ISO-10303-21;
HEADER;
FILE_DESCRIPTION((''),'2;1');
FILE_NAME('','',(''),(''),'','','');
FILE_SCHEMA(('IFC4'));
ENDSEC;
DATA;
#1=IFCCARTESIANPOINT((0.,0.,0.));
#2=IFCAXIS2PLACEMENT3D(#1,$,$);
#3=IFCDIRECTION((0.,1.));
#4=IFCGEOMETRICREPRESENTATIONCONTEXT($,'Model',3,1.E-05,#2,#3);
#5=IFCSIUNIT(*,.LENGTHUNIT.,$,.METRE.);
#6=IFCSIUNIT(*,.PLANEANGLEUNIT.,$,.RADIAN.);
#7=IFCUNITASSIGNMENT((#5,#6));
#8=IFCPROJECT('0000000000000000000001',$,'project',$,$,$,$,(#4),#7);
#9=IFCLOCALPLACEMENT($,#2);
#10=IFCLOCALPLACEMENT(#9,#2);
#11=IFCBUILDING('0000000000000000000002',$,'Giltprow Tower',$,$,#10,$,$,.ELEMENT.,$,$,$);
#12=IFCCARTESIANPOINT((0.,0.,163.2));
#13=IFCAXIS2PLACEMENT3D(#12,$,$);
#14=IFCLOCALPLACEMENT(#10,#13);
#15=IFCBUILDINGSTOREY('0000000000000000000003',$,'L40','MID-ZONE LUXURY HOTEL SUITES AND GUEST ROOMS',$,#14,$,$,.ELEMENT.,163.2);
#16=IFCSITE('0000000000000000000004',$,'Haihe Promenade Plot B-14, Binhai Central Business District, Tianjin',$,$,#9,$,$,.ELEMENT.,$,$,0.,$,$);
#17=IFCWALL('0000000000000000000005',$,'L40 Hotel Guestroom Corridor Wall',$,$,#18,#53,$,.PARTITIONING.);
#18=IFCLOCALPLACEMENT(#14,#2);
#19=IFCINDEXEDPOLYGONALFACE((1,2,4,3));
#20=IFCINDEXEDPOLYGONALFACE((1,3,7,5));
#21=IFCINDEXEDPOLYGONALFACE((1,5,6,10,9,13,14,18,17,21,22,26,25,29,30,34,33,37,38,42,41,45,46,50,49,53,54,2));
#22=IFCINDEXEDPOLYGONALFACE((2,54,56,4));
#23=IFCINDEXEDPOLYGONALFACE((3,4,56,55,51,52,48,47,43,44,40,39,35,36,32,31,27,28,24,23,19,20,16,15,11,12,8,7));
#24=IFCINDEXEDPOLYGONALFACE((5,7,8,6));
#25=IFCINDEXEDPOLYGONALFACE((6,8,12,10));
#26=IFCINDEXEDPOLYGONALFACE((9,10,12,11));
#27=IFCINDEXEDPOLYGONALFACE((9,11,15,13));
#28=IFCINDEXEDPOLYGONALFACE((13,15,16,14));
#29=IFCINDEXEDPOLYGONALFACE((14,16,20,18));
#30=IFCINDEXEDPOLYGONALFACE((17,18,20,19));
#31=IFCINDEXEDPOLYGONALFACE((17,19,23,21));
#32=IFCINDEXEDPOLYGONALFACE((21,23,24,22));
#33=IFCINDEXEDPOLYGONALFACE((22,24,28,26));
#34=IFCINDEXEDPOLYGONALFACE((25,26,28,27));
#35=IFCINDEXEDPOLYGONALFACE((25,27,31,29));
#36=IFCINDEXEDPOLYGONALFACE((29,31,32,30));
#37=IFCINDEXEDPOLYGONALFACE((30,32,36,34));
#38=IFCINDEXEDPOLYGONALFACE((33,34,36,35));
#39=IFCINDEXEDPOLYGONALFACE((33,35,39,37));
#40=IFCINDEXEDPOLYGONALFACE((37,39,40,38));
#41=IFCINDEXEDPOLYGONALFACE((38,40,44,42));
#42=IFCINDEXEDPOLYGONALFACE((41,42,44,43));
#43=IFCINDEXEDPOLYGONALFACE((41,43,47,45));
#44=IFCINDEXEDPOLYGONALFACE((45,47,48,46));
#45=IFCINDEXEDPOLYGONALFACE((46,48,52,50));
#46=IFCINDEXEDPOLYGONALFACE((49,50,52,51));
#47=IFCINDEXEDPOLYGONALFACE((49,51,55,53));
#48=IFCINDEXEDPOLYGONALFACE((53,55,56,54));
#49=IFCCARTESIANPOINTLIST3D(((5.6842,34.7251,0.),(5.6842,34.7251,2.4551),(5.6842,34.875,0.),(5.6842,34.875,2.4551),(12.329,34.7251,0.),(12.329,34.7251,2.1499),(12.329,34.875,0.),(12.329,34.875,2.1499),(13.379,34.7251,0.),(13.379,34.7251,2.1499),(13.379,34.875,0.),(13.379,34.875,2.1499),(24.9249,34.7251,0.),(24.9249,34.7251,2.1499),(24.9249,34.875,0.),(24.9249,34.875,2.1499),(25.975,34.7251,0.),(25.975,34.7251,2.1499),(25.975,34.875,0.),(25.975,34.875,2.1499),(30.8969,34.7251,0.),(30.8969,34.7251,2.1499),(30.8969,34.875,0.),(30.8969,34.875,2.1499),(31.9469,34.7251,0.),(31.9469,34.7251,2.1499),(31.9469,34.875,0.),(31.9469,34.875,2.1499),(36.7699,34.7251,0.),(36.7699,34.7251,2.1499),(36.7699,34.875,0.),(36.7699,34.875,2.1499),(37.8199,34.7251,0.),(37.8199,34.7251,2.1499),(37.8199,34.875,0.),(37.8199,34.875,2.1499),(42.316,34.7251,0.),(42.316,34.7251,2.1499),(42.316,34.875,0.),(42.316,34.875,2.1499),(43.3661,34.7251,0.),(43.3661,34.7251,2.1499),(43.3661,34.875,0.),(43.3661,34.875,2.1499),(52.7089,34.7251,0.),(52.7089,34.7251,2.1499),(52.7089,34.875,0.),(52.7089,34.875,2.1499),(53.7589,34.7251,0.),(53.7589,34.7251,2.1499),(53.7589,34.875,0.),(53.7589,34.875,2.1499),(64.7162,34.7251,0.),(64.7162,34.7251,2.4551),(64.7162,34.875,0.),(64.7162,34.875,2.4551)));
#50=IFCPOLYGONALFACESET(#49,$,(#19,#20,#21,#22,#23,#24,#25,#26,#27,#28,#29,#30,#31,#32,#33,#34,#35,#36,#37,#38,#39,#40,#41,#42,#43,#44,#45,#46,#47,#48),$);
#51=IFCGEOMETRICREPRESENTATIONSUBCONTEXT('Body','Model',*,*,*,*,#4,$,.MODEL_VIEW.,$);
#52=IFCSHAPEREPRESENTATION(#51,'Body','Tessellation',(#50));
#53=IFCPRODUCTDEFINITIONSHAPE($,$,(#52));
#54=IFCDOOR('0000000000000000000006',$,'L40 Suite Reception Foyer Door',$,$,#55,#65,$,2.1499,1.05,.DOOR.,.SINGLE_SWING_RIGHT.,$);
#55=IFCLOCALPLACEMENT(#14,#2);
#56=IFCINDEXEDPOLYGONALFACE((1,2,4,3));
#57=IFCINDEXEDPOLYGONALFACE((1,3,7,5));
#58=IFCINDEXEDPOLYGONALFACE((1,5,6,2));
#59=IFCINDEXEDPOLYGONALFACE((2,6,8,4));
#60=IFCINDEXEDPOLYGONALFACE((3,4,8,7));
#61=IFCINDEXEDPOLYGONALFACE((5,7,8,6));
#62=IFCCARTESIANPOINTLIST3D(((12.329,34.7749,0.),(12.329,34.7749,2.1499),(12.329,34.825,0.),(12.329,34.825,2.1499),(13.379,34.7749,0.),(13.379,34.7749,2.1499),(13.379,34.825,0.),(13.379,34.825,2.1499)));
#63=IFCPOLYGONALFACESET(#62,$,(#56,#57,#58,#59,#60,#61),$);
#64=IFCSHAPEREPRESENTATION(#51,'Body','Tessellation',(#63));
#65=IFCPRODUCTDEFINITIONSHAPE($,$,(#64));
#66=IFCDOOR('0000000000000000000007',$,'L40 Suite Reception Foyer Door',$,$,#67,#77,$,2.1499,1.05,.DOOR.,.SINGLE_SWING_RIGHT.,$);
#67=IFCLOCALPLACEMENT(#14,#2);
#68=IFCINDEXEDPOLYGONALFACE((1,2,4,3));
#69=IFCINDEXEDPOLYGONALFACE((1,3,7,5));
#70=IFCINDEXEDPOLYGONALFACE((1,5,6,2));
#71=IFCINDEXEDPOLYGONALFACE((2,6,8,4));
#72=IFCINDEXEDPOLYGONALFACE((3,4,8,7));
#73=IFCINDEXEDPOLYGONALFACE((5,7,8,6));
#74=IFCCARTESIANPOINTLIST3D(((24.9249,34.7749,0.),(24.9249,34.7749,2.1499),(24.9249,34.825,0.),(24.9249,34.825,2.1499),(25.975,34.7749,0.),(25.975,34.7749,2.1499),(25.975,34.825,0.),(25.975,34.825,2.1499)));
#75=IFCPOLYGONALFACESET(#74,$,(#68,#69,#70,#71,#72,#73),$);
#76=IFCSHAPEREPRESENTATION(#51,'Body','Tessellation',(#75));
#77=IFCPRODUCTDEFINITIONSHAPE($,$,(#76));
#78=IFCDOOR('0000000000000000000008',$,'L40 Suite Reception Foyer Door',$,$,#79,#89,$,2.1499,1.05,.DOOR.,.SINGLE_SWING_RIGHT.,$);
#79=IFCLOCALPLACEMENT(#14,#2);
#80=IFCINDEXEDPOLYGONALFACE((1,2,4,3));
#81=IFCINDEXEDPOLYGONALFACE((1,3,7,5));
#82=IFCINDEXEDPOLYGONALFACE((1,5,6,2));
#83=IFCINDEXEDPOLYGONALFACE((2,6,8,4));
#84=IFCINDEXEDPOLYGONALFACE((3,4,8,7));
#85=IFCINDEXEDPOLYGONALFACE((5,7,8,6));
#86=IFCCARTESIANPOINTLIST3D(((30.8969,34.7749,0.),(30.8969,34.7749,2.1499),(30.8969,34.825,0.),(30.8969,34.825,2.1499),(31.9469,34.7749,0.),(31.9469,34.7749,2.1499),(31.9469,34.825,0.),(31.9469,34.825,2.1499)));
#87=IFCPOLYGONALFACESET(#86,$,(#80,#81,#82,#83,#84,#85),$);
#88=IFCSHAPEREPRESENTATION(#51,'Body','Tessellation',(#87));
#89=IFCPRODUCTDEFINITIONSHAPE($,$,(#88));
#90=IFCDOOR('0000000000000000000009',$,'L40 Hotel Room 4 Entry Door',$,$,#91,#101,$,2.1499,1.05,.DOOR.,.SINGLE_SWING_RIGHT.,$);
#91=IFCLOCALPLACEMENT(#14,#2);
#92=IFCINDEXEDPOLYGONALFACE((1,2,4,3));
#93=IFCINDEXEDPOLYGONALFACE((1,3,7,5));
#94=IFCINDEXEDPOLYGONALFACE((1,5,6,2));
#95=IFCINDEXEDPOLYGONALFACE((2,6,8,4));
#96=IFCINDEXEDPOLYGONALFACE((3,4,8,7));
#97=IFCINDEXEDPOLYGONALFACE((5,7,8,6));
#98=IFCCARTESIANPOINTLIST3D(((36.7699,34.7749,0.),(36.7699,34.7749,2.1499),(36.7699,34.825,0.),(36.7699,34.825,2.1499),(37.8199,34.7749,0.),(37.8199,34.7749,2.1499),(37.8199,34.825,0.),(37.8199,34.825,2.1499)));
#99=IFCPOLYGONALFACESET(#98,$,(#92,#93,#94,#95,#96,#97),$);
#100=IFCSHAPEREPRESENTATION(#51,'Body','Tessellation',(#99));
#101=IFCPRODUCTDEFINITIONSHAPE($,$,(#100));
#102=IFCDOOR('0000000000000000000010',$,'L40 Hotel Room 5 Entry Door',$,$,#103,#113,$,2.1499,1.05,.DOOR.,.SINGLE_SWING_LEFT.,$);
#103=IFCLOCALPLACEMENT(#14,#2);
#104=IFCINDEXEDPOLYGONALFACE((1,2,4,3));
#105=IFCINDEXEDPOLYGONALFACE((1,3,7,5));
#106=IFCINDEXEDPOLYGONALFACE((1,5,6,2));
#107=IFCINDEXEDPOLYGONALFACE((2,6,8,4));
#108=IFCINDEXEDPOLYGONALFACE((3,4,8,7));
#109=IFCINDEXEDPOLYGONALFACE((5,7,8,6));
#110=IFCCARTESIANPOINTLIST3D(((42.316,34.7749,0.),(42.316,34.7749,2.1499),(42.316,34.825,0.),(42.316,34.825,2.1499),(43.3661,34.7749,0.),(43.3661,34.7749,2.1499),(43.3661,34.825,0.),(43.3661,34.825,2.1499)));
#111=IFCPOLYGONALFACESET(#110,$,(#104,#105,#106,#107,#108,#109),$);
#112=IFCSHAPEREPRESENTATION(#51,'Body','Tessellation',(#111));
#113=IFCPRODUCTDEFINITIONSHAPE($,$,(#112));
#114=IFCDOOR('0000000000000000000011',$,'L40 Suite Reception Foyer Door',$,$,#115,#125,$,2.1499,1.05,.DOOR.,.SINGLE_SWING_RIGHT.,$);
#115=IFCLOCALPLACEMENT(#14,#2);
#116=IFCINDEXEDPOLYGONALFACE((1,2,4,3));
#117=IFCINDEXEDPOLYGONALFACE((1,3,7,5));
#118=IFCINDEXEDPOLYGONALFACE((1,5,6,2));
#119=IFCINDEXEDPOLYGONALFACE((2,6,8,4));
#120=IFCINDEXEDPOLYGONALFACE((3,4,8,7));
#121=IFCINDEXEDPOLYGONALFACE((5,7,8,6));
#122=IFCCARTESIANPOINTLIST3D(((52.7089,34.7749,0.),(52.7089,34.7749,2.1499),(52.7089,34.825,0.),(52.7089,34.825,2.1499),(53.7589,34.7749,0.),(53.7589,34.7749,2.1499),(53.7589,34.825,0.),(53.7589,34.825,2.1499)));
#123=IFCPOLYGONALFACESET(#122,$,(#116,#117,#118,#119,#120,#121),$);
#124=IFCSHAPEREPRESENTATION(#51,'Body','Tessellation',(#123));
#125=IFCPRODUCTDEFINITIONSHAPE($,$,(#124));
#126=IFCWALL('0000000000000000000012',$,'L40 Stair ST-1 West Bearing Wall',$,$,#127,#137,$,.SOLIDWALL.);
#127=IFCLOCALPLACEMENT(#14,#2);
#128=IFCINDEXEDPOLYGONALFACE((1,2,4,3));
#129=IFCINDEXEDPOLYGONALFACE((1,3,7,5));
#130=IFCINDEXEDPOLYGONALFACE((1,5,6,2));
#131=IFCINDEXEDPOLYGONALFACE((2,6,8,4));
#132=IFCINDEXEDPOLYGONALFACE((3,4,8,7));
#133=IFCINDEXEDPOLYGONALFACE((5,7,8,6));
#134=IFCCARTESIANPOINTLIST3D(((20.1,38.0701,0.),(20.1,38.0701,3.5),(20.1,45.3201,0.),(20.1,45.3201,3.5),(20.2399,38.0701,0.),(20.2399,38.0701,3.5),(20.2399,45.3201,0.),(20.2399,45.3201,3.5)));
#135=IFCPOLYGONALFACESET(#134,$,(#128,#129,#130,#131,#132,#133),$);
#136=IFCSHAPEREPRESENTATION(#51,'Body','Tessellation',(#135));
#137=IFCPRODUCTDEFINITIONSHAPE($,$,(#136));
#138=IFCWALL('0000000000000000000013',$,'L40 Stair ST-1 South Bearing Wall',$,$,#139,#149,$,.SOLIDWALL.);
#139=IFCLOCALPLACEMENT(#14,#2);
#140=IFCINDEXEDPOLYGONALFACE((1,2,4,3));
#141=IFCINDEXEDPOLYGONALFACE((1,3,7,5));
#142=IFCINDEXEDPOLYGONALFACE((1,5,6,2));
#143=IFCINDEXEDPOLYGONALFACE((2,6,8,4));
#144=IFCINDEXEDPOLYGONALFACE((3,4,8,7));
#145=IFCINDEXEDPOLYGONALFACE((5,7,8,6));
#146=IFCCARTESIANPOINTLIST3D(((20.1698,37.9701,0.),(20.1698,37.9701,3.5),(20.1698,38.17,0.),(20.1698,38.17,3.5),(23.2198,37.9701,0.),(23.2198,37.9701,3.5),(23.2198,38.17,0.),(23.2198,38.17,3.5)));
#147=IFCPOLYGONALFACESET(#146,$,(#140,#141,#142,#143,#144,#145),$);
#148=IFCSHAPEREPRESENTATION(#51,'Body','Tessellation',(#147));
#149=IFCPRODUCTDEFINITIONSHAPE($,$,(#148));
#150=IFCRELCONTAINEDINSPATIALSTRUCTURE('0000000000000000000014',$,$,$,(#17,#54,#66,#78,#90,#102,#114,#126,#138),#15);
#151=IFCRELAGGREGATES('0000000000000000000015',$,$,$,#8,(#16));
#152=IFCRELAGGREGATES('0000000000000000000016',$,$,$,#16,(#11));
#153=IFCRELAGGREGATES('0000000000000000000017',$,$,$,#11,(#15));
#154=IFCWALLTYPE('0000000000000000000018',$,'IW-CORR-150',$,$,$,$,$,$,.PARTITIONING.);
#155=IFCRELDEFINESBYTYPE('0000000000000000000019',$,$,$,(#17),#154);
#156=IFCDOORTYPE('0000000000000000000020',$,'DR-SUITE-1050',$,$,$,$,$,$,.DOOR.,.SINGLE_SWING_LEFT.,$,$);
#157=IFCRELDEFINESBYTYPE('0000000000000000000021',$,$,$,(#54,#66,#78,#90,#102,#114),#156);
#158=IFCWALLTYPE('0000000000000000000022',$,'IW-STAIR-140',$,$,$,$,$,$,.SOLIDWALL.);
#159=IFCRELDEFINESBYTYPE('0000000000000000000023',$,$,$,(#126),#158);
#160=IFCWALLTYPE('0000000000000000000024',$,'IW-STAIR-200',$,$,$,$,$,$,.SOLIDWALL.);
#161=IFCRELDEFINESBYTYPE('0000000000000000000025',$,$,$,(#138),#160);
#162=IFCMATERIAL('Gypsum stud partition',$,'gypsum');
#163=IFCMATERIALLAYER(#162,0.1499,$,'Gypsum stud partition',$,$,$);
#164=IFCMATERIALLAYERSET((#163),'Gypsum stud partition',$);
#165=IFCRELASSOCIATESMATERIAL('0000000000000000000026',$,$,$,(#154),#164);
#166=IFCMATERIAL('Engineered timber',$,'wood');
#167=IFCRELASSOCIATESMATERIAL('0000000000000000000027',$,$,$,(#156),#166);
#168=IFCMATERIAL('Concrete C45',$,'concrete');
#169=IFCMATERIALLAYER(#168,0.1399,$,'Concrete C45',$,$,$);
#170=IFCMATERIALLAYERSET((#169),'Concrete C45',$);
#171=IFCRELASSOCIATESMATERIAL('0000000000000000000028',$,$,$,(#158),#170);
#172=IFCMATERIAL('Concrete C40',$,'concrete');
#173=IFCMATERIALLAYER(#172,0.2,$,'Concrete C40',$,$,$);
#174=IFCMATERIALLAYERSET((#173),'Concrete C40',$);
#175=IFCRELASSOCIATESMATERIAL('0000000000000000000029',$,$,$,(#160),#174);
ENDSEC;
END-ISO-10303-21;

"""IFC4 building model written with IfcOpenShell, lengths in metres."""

from ifc_helpers import new_model, si_unit, direction, frame, frame_2d, origin, place, context, subcontext, project, spatial, rectangle, extrude, source, transform, mapped, material, layer, layer_set, type_object, element, fill, save


model = new_model("IFC4")

# Units and contexts
model_context = context("Model", 3, precision=1e-05, world=origin(), true_north=direction((0.0, 1.0)))
body_context = subcontext(model_context, "Body", "Model", "MODEL_VIEW")
ifc_project = project(units=[si_unit("LENGTHUNIT", "METRE"), si_unit("PLANEANGLEUNIT", "RADIAN")], contexts=[model_context])

# Site, building, storey
site_placement = place(None, origin())
site = spatial("IfcSite", under=ifc_project, at=site_placement, Name="Haihe Promenade Plot B-14, Binhai Central Business District, Tianjin", CompositionType="ELEMENT", RefElevation=0.0)
building_placement = place(site_placement, origin())
building = spatial("IfcBuilding", under=site, at=building_placement, Name="Giltprow Tower", CompositionType="ELEMENT")
storey_placement = place(building_placement, frame((0.0, 0.0, 163.2)))
storey = spatial("IfcBuildingStorey", under=building, at=storey_placement, Name="L40", Description="MID-ZONE LUXURY HOTEL SUITES AND GUEST ROOMS", CompositionType="ELEMENT", Elevation=163.2)

# Wall, openings, doors
ifc_material_1 = material(Name="Gypsum stud partition", Category="gypsum")
ifc_layer_1 = layer(ifc_material_1, 0.1499, Name="Gypsum stud partition")
ifc_layer_set_1 = layer_set([ifc_layer_1], Name="Gypsum stud partition")
wall_type_1 = type_object("IfcWallType", Name="IW-CORR-150", PredefinedType="PARTITIONING", material=ifc_layer_set_1)
wall_1_placement = place(storey_placement, frame((5.6841, 34.8, 0.0), z_axis=(0.0, 0.0, 1.0), x_axis=(1.0, 0.0, 0.0)))
wall_1 = element("IfcWall", 1, at=wall_1_placement, inside=storey, type_object=wall_type_1, Name="L40 Hotel Guestroom Corridor Wall", PredefinedType="PARTITIONING", context=body_context, shape_type="SweptSolid", body=[
    extrude(rectangle(XDim=59.032, YDim=0.1499, at=frame_2d((29.5161, 0.0))), origin(), (0.0, 0.0, 1.0), 2.4551),
])
opening_1_placement = place(wall_1_placement, frame((6.645, 0.0, 0.0)))
opening_1 = element("IfcOpeningElement", 2, at=opening_1_placement, cuts=wall_1, PredefinedType="OPENING", context=body_context, shape_type="SweptSolid", body=[
    extrude(rectangle(XDim=1.05, YDim=2.1499, at=frame_2d((0.5249, 1.075))), frame((0.0, 0.085, 0.0), z_axis=(0.0, -1.0, 0.0), x_axis=(1.0, 0.0, 0.0)), (0.0, 0.0, 1.0), 0.1699),
])
opening_2_placement = place(wall_1_placement, frame((19.241, 0.0, 0.0)))
opening_2 = element("IfcOpeningElement", 3, at=opening_2_placement, cuts=wall_1, PredefinedType="OPENING", context=body_context, shape_type="SweptSolid", body=[
    extrude(rectangle(XDim=1.05, YDim=2.1499, at=frame_2d((0.5249, 1.075))), frame((0.0, 0.085, 0.0), z_axis=(0.0, -1.0, 0.0), x_axis=(1.0, 0.0, 0.0)), (0.0, 0.0, 1.0), 0.1699),
])
opening_3_placement = place(wall_1_placement, frame((25.2129, 0.0, 0.0)))
opening_3 = element("IfcOpeningElement", 4, at=opening_3_placement, cuts=wall_1, PredefinedType="OPENING", context=body_context, shape_type="SweptSolid", body=[
    extrude(rectangle(XDim=1.05, YDim=2.1499, at=frame_2d((0.5249, 1.075))), frame((0.0, 0.085, 0.0), z_axis=(0.0, -1.0, 0.0), x_axis=(1.0, 0.0, 0.0)), (0.0, 0.0, 1.0), 0.1699),
])
opening_4_placement = place(wall_1_placement, frame((31.0859, 0.0, 0.0)))
opening_4 = element("IfcOpeningElement", 5, at=opening_4_placement, cuts=wall_1, PredefinedType="OPENING", context=body_context, shape_type="SweptSolid", body=[
    extrude(rectangle(XDim=1.05, YDim=2.1499, at=frame_2d((0.5249, 1.075))), frame((0.0, 0.085, 0.0), z_axis=(0.0, -1.0, 0.0), x_axis=(1.0, 0.0, 0.0)), (0.0, 0.0, 1.0), 0.1699),
])
opening_5_placement = place(wall_1_placement, frame((36.6321, 0.0, 0.0)))
opening_5 = element("IfcOpeningElement", 6, at=opening_5_placement, cuts=wall_1, PredefinedType="OPENING", context=body_context, shape_type="SweptSolid", body=[
    extrude(rectangle(XDim=1.05, YDim=2.1499, at=frame_2d((0.5249, 1.075))), frame((0.0, 0.085, 0.0), z_axis=(0.0, -1.0, 0.0), x_axis=(1.0, 0.0, 0.0)), (0.0, 0.0, 1.0), 0.1699),
])
opening_6_placement = place(wall_1_placement, frame((47.0249, 0.0, 0.0)))
opening_6 = element("IfcOpeningElement", 7, at=opening_6_placement, cuts=wall_1, PredefinedType="OPENING", context=body_context, shape_type="SweptSolid", body=[
    extrude(rectangle(XDim=1.05, YDim=2.1499, at=frame_2d((0.5249, 1.075))), frame((0.0, 0.085, 0.0), z_axis=(0.0, -1.0, 0.0), x_axis=(1.0, 0.0, 0.0)), (0.0, 0.0, 1.0), 0.1699),
])
ifc_material_2 = material(Name="Engineered timber", Category="wood")
door_type_1 = type_object("IfcDoorType", Name="DR-SUITE-1050", OperationType="SINGLE_SWING_LEFT", PredefinedType="DOOR", material=ifc_material_2)
shared_shape_1 = source(origin(), body_context, "Body", "SweptSolid", [
    extrude(rectangle(XDim=1.05, YDim=2.1499, at=frame_2d((0.5249, 1.075))), frame((0.0, 0.0249, 0.0), z_axis=(0.0, -1.0, 0.0), x_axis=(1.0, 0.0, 0.0)), (0.0, 0.0, 1.0), 0.05),
])
door_1_placement = place(opening_1_placement, origin())
door_1 = element("IfcDoor", 8, at=door_1_placement, inside=storey, type_object=door_type_1, Name="L40 Suite Reception Foyer Door", OperationType="SINGLE_SWING_RIGHT", OverallHeight=2.1499, OverallWidth=1.05, PredefinedType="DOOR", context=body_context, shape_type="MappedRepresentation", body=[
    mapped(shared_shape_1, transform((0.0, 0.0, 0.0), x_axis=(1.0, 0.0, 0.0), y_axis=(0.0, 1.0, 0.0), z_axis=(0.0, 0.0, 1.0), scale=1.0)),
])
fill(opening_1, door_1)
door_2_placement = place(opening_2_placement, origin())
door_2 = element("IfcDoor", 9, at=door_2_placement, inside=storey, type_object=door_type_1, Name="L40 Suite Reception Foyer Door", OperationType="SINGLE_SWING_RIGHT", OverallHeight=2.1499, OverallWidth=1.05, PredefinedType="DOOR", context=body_context, shape_type="MappedRepresentation", body=[
    mapped(shared_shape_1, transform((0.0, 0.0, 0.0), x_axis=(1.0, 0.0, 0.0), y_axis=(0.0, 1.0, 0.0), z_axis=(0.0, 0.0, 1.0), scale=1.0)),
])
fill(opening_2, door_2)
door_3_placement = place(opening_3_placement, origin())
door_3 = element("IfcDoor", 10, at=door_3_placement, inside=storey, type_object=door_type_1, Name="L40 Suite Reception Foyer Door", OperationType="SINGLE_SWING_RIGHT", OverallHeight=2.1499, OverallWidth=1.05, PredefinedType="DOOR", context=body_context, shape_type="MappedRepresentation", body=[
    mapped(shared_shape_1, transform((0.0, 0.0, 0.0), x_axis=(1.0, 0.0, 0.0), y_axis=(0.0, 1.0, 0.0), z_axis=(0.0, 0.0, 1.0), scale=1.0)),
])
fill(opening_3, door_3)
door_4_placement = place(opening_4_placement, origin())
door_4 = element("IfcDoor", 11, at=door_4_placement, inside=storey, type_object=door_type_1, Name="L40 Hotel Room 4 Entry Door", OperationType="SINGLE_SWING_RIGHT", OverallHeight=2.1499, OverallWidth=1.05, PredefinedType="DOOR", context=body_context, shape_type="MappedRepresentation", body=[
    mapped(shared_shape_1, transform((0.0, 0.0, 0.0), x_axis=(1.0, 0.0, 0.0), y_axis=(0.0, 1.0, 0.0), z_axis=(0.0, 0.0, 1.0), scale=1.0)),
])
fill(opening_4, door_4)
door_5_placement = place(opening_5_placement, origin())
door_5 = element("IfcDoor", 12, at=door_5_placement, inside=storey, type_object=door_type_1, Name="L40 Hotel Room 5 Entry Door", OperationType="SINGLE_SWING_LEFT", OverallHeight=2.1499, OverallWidth=1.05, PredefinedType="DOOR", context=body_context, shape_type="MappedRepresentation", body=[
    mapped(shared_shape_1, transform((0.0, 0.0, 0.0), x_axis=(1.0, 0.0, 0.0), y_axis=(0.0, 1.0, 0.0), z_axis=(0.0, 0.0, 1.0), scale=1.0)),
])
fill(opening_5, door_5)
door_6_placement = place(opening_6_placement, origin())
door_6 = element("IfcDoor", 13, at=door_6_placement, inside=storey, type_object=door_type_1, Name="L40 Suite Reception Foyer Door", OperationType="SINGLE_SWING_RIGHT", OverallHeight=2.1499, OverallWidth=1.05, PredefinedType="DOOR", context=body_context, shape_type="MappedRepresentation", body=[
    mapped(shared_shape_1, transform((0.0, 0.0, 0.0), x_axis=(1.0, 0.0, 0.0), y_axis=(0.0, 1.0, 0.0), z_axis=(0.0, 0.0, 1.0), scale=1.0)),
])
fill(opening_6, door_6)

# Walls
ifc_material_3 = material(Name="Concrete C45", Category="concrete")
ifc_layer_2 = layer(ifc_material_3, 0.1399, Name="Concrete C45")
ifc_layer_set_2 = layer_set([ifc_layer_2], Name="Concrete C45")
wall_type_2 = type_object("IfcWallType", Name="IW-STAIR-140", PredefinedType="SOLIDWALL", material=ifc_layer_set_2)
wall_2_placement = place(storey_placement, frame((20.1699, 38.0701, 0.0), z_axis=(0.0, 0.0, 1.0), x_axis=(0.0, 1.0, 0.0)))
element("IfcWall", 14, at=wall_2_placement, inside=storey, type_object=wall_type_2, Name="L40 Stair ST-1 West Bearing Wall", PredefinedType="SOLIDWALL", context=body_context, shape_type="SweptSolid", body=[
    extrude(rectangle(XDim=7.25, YDim=0.1399, at=frame_2d((3.625, 0.0))), origin(), (0.0, 0.0, 1.0), 3.5),
])
ifc_material_4 = material(Name="Concrete C40", Category="concrete")
ifc_layer_3 = layer(ifc_material_4, 0.2, Name="Concrete C40")
ifc_layer_set_3 = layer_set([ifc_layer_3], Name="Concrete C40")
wall_type_3 = type_object("IfcWallType", Name="IW-STAIR-200", PredefinedType="SOLIDWALL", material=ifc_layer_set_3)
wall_3_placement = place(storey_placement, frame((20.1699, 38.0701, 0.0), z_axis=(0.0, 0.0, 1.0), x_axis=(1.0, 0.0, 0.0)))
element("IfcWall", 15, at=wall_3_placement, inside=storey, type_object=wall_type_3, Name="L40 Stair ST-1 South Bearing Wall", PredefinedType="SOLIDWALL", context=body_context, shape_type="SweptSolid", body=[
    extrude(rectangle(XDim=3.05, YDim=0.2, at=frame_2d((1.5249, 0.0))), origin(), (0.0, 0.0, 1.0), 3.5),
])

save(model, "model.ifc")
